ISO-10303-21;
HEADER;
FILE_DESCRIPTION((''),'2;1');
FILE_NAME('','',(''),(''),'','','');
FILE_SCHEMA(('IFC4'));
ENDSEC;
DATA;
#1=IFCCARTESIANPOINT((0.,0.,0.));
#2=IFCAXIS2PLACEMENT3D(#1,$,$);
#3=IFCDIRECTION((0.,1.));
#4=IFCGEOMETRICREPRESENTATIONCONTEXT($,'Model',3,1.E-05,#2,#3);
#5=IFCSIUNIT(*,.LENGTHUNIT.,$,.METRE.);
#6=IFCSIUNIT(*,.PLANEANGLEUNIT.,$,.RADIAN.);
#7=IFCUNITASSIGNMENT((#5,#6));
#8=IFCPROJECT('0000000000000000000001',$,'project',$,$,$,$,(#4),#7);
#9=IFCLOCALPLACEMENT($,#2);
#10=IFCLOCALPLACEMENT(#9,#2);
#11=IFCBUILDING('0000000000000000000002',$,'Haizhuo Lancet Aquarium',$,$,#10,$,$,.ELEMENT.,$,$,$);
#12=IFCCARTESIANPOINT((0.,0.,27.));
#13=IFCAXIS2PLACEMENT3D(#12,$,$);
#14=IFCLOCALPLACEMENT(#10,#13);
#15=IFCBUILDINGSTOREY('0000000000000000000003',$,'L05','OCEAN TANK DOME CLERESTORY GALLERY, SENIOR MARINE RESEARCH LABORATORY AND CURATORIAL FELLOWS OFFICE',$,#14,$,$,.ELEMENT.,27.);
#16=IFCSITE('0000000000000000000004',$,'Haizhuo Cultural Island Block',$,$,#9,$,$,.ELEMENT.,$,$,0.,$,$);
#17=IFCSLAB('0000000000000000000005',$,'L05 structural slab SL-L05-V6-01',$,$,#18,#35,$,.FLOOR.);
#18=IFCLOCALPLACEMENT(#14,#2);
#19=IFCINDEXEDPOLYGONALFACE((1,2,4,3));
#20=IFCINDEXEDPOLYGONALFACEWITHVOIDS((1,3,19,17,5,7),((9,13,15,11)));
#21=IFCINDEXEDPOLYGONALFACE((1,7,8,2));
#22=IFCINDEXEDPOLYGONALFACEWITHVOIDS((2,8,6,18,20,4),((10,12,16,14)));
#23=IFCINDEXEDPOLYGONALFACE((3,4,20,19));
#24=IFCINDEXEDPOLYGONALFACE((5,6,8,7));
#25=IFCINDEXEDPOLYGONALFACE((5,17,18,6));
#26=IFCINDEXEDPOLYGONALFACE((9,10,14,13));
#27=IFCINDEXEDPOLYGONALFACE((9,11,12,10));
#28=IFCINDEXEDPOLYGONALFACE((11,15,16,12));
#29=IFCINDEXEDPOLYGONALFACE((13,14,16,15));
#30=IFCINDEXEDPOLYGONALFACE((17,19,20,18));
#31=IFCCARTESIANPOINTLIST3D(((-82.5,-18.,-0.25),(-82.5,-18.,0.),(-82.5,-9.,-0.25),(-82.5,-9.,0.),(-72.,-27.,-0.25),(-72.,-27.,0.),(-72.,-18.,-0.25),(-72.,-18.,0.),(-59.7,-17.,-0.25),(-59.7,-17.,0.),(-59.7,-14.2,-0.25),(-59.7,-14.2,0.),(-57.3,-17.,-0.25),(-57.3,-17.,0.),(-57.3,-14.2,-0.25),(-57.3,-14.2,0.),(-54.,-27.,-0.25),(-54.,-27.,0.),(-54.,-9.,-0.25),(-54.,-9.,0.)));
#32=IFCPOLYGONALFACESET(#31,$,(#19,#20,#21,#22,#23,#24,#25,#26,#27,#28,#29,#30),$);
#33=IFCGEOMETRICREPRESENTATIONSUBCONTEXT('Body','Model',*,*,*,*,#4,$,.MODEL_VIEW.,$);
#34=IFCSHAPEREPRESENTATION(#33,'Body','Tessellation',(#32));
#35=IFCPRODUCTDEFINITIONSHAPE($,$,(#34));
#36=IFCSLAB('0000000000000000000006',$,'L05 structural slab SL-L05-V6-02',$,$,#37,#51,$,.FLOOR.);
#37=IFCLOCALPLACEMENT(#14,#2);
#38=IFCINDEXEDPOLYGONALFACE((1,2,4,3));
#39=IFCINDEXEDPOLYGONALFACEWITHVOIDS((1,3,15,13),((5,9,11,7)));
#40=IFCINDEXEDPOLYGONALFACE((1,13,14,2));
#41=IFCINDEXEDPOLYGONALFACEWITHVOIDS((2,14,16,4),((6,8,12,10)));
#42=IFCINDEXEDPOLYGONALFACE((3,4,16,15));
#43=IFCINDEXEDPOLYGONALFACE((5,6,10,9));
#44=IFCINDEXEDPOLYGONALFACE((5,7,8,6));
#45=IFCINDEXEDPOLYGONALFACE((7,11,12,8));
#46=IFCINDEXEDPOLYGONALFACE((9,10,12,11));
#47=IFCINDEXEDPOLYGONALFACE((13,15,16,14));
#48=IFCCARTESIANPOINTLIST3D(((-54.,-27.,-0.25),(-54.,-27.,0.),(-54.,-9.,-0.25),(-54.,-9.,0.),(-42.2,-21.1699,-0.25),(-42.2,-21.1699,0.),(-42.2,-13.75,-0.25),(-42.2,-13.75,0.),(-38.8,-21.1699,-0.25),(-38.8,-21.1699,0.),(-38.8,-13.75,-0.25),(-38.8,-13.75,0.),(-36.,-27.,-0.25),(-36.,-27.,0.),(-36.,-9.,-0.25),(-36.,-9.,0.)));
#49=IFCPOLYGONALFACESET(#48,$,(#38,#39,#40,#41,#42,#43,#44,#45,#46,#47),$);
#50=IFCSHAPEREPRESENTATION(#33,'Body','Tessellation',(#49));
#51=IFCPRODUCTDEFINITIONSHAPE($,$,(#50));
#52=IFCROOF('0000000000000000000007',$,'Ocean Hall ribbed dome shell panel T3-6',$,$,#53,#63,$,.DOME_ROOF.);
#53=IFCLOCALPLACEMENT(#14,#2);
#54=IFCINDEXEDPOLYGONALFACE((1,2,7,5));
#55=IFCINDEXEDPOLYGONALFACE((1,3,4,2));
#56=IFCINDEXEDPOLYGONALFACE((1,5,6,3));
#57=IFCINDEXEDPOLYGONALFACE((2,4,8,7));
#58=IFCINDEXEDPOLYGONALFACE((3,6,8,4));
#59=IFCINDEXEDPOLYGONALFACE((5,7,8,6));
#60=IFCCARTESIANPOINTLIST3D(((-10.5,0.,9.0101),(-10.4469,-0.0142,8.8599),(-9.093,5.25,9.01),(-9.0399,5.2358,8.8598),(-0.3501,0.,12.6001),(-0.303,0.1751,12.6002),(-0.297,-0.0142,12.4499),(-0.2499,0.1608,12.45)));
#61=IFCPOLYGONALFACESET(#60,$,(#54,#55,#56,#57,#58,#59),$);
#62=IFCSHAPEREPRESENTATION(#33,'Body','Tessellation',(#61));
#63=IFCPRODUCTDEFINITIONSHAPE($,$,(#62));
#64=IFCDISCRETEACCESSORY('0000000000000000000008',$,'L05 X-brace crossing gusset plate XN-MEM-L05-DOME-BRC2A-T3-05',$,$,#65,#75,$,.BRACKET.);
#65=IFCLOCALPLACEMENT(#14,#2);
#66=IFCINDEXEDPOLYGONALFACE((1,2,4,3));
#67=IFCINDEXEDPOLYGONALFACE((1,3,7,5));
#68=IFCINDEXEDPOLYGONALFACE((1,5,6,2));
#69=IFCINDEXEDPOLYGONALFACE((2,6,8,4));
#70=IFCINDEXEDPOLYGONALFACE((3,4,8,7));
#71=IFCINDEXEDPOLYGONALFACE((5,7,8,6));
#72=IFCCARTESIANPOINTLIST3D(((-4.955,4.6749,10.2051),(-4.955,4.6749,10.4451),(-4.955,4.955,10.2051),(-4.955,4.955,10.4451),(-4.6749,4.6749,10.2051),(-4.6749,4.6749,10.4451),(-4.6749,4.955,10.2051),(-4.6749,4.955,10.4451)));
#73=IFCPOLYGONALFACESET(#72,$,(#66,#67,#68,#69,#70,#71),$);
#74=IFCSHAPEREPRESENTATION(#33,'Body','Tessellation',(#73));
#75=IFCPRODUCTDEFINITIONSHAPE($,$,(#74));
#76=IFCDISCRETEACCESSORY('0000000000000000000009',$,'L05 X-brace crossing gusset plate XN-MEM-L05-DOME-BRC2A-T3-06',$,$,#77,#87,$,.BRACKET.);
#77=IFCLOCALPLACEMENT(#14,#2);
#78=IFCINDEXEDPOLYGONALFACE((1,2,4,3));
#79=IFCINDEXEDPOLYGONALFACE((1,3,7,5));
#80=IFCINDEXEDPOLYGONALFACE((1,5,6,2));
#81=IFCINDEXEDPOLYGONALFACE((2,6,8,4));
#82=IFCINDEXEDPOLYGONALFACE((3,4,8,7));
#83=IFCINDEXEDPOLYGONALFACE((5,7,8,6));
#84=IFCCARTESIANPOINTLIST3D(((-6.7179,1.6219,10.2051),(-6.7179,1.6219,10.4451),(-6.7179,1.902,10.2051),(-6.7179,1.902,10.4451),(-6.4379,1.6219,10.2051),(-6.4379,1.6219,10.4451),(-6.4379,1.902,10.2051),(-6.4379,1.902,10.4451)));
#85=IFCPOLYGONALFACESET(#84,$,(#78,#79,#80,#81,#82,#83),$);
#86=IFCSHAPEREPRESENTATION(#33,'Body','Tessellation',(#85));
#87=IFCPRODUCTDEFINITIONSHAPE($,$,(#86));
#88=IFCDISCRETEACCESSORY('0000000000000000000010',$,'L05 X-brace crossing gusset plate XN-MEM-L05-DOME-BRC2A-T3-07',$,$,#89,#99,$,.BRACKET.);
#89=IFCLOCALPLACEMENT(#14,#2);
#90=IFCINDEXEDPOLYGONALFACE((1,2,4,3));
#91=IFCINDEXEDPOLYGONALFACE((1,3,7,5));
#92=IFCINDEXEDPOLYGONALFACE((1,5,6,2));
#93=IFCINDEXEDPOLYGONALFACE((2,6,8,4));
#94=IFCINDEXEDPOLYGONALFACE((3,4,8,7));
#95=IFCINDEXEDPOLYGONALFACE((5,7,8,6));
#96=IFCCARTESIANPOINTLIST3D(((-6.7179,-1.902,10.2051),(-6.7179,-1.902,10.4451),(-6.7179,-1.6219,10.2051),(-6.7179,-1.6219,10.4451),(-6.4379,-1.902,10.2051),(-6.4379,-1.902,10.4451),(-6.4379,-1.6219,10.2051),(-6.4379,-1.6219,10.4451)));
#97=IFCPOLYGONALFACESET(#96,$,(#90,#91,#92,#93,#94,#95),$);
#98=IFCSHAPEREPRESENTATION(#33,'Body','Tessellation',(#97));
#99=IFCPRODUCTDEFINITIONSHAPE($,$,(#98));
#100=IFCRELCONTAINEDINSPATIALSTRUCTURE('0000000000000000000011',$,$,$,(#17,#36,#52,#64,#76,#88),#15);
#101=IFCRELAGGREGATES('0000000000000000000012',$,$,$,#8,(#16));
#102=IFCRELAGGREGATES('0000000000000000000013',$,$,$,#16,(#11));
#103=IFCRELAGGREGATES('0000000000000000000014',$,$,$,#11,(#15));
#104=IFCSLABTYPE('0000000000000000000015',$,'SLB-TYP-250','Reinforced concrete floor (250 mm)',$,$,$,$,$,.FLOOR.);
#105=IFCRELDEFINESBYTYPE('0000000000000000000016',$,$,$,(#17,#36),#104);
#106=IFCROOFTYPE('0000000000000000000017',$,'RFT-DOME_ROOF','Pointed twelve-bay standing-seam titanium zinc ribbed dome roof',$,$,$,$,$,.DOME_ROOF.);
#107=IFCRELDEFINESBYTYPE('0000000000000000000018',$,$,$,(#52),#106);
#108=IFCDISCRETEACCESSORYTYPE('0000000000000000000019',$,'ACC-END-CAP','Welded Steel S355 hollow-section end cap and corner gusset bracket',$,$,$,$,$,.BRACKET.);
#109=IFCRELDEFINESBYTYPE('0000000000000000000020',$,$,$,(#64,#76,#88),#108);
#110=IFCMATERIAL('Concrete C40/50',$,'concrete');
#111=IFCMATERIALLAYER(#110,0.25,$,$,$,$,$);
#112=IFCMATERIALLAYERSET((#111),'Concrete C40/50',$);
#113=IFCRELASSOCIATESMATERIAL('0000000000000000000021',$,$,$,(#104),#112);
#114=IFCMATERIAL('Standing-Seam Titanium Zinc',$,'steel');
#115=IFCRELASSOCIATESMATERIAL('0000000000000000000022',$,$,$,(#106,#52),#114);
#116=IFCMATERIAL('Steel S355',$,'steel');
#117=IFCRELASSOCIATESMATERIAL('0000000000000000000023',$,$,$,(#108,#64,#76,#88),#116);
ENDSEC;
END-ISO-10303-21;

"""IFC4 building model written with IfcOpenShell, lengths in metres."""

from ifc_helpers import new_model, si_unit, direction, frame, origin, origin_2d, place, context, subcontext, project, spatial, polyline, rectangle, outline, extrude, material, layer, layer_set, type_object, element, save


model = new_model("IFC4")

# Units and contexts
model_context = context("Model", 3, precision=1e-05, world=origin(), true_north=direction((0.0, 1.0)))
body_context = subcontext(model_context, "Body", "Model", "MODEL_VIEW")
ifc_project = project(units=[si_unit("LENGTHUNIT", "METRE"), si_unit("PLANEANGLEUNIT", "RADIAN")], contexts=[model_context])

# Site, building, storey
site_placement = place(None, origin())
site = spatial("IfcSite", under=ifc_project, at=site_placement, Name="Haizhuo Cultural Island Block", CompositionType="ELEMENT", RefElevation=0.0)
building_placement = place(site_placement, origin())
building = spatial("IfcBuilding", under=site, at=building_placement, Name="Haizhuo Lancet Aquarium", CompositionType="ELEMENT")
storey_placement = place(building_placement, frame((0.0, 0.0, 27.0)))
storey = spatial("IfcBuildingStorey", under=building, at=storey_placement, Name="L05", Description="OCEAN TANK DOME CLERESTORY GALLERY, SENIOR MARINE RESEARCH LABORATORY AND CURATORIAL FELLOWS OFFICE", CompositionType="ELEMENT", Elevation=27.0)

# Shared definitions
ifc_material_1 = material(Name="Steel S355", Category="steel")
ifc_material_2 = material(Name="Concrete C40/50", Category="concrete")

# Slabs
ifc_layer_1 = layer(ifc_material_2, 0.25)
ifc_layer_set_1 = layer_set([ifc_layer_1], Name="Concrete C40/50")
slab_type = type_object("IfcSlabType", Name="SLB-TYP-250", Description="Reinforced concrete floor (250 mm)", PredefinedType="FLOOR", material=ifc_layer_set_1)
slab_1_placement = place(storey_placement, frame((0.0, 0.0, -0.25)))
element("IfcSlab", 1, at=slab_1_placement, inside=storey, type_object=slab_type, Name="L05 structural slab SL-L05-V6-01", PredefinedType="FLOOR", context=body_context, shape_type="SweptSolid", body=[
    extrude(outline(polyline([(-72.0, -27.0), (-54.0, -27.0), (-54.0, -9.0), (-82.5, -9.0), (-82.5, -18.0), (-72.0, -18.0), (-72.0, -27.0)]), holes=[polyline([(-59.7, -14.2), (-59.7, -17.0), (-57.3, -17.0), (-57.3, -14.2), (-59.7, -14.2)])]), origin(), (0.0, 0.0, 1.0), 0.25),
])
slab_2_placement = place(storey_placement, frame((0.0, 0.0, -0.25)))
element("IfcSlab", 2, at=slab_2_placement, inside=storey, type_object=slab_type, Name="L05 structural slab SL-L05-V6-02", PredefinedType="FLOOR", context=body_context, shape_type="SweptSolid", body=[
    extrude(outline(polyline([(-54.0, -9.0), (-54.0, -27.0), (-36.0, -27.0), (-36.0, -9.0), (-54.0, -9.0)]), holes=[polyline([(-38.8, -21.1699), (-38.8, -13.75), (-42.2, -13.75), (-42.2, -21.1699), (-38.8, -21.1699)])]), origin(), (0.0, 0.0, 1.0), 0.25),
])

# Roof
ifc_material_3 = material(Name="Standing-Seam Titanium Zinc", Category="steel")
roof_type = type_object("IfcRoofType", Name="RFT-DOME_ROOF", Description="Pointed twelve-bay standing-seam titanium zinc ribbed dome roof", PredefinedType="DOME_ROOF", material=ifc_material_3)
roof_placement = place(storey_placement, frame((-9.093, 5.25, 9.01), z_axis=(-0.332132, 0.089023, 0.939023), x_axis=(-0.258866, -0.965913, 0.000011)))
element("IfcRoof", 3, at=roof_placement, inside=storey, type_object=roof_type, material=ifc_material_3, Name="Ocean Hall ribbed dome shell panel T3-6", PredefinedType="DOME_ROOF", context=body_context, shape_type="SweptSolid", body=[
    extrude(outline(polyline([(0.0, 0.0), (5.4353, 0.0), (2.8078, 10.4406), (2.6266, 10.4408), (0.0, 0.0)])), origin(), (0.0, 0.0, -1.0), 0.1599),
])

# Discrete accessories
discrete_accessory_type = type_object("IfcDiscreteAccessoryType", Name="ACC-END-CAP", Description="Welded Steel S355 hollow-section end cap and corner gusset bracket", PredefinedType="BRACKET", material=ifc_material_1)
for number, where, z_axis, x_axis, name in (
    (4, (-4.8149, 4.8149, 10.2051), (0.0, 0.0, 1.0), (1.0, 0.0, 0.0), "L05 X-brace crossing gusset plate XN-MEM-L05-DOME-BRC2A-T3-05"),
    (5, (-6.5779, 1.762, 10.2051), (0.0, 0.0, 1.0), (1.0, 0.0, 0.0), "L05 X-brace crossing gusset plate XN-MEM-L05-DOME-BRC2A-T3-06"),
    (6, (-6.5779, -1.762, 10.2051), (0.0, 0.0, 1.0), (1.0, 0.0, 0.0), "L05 X-brace crossing gusset plate XN-MEM-L05-DOME-BRC2A-T3-07"),
):
    element("IfcDiscreteAccessory", number, at=place(storey_placement, frame(where, z_axis=z_axis, x_axis=x_axis)), inside=storey, type_object=discrete_accessory_type, material=ifc_material_1, Name=name, PredefinedType="BRACKET", context=body_context, shape_type="SweptSolid", body=[
        extrude(rectangle(XDim=0.28, YDim=0.28, at=origin_2d()), origin(), (0.0, 0.0, 1.0), 0.24),
    ])

save(model, "model.ifc")
